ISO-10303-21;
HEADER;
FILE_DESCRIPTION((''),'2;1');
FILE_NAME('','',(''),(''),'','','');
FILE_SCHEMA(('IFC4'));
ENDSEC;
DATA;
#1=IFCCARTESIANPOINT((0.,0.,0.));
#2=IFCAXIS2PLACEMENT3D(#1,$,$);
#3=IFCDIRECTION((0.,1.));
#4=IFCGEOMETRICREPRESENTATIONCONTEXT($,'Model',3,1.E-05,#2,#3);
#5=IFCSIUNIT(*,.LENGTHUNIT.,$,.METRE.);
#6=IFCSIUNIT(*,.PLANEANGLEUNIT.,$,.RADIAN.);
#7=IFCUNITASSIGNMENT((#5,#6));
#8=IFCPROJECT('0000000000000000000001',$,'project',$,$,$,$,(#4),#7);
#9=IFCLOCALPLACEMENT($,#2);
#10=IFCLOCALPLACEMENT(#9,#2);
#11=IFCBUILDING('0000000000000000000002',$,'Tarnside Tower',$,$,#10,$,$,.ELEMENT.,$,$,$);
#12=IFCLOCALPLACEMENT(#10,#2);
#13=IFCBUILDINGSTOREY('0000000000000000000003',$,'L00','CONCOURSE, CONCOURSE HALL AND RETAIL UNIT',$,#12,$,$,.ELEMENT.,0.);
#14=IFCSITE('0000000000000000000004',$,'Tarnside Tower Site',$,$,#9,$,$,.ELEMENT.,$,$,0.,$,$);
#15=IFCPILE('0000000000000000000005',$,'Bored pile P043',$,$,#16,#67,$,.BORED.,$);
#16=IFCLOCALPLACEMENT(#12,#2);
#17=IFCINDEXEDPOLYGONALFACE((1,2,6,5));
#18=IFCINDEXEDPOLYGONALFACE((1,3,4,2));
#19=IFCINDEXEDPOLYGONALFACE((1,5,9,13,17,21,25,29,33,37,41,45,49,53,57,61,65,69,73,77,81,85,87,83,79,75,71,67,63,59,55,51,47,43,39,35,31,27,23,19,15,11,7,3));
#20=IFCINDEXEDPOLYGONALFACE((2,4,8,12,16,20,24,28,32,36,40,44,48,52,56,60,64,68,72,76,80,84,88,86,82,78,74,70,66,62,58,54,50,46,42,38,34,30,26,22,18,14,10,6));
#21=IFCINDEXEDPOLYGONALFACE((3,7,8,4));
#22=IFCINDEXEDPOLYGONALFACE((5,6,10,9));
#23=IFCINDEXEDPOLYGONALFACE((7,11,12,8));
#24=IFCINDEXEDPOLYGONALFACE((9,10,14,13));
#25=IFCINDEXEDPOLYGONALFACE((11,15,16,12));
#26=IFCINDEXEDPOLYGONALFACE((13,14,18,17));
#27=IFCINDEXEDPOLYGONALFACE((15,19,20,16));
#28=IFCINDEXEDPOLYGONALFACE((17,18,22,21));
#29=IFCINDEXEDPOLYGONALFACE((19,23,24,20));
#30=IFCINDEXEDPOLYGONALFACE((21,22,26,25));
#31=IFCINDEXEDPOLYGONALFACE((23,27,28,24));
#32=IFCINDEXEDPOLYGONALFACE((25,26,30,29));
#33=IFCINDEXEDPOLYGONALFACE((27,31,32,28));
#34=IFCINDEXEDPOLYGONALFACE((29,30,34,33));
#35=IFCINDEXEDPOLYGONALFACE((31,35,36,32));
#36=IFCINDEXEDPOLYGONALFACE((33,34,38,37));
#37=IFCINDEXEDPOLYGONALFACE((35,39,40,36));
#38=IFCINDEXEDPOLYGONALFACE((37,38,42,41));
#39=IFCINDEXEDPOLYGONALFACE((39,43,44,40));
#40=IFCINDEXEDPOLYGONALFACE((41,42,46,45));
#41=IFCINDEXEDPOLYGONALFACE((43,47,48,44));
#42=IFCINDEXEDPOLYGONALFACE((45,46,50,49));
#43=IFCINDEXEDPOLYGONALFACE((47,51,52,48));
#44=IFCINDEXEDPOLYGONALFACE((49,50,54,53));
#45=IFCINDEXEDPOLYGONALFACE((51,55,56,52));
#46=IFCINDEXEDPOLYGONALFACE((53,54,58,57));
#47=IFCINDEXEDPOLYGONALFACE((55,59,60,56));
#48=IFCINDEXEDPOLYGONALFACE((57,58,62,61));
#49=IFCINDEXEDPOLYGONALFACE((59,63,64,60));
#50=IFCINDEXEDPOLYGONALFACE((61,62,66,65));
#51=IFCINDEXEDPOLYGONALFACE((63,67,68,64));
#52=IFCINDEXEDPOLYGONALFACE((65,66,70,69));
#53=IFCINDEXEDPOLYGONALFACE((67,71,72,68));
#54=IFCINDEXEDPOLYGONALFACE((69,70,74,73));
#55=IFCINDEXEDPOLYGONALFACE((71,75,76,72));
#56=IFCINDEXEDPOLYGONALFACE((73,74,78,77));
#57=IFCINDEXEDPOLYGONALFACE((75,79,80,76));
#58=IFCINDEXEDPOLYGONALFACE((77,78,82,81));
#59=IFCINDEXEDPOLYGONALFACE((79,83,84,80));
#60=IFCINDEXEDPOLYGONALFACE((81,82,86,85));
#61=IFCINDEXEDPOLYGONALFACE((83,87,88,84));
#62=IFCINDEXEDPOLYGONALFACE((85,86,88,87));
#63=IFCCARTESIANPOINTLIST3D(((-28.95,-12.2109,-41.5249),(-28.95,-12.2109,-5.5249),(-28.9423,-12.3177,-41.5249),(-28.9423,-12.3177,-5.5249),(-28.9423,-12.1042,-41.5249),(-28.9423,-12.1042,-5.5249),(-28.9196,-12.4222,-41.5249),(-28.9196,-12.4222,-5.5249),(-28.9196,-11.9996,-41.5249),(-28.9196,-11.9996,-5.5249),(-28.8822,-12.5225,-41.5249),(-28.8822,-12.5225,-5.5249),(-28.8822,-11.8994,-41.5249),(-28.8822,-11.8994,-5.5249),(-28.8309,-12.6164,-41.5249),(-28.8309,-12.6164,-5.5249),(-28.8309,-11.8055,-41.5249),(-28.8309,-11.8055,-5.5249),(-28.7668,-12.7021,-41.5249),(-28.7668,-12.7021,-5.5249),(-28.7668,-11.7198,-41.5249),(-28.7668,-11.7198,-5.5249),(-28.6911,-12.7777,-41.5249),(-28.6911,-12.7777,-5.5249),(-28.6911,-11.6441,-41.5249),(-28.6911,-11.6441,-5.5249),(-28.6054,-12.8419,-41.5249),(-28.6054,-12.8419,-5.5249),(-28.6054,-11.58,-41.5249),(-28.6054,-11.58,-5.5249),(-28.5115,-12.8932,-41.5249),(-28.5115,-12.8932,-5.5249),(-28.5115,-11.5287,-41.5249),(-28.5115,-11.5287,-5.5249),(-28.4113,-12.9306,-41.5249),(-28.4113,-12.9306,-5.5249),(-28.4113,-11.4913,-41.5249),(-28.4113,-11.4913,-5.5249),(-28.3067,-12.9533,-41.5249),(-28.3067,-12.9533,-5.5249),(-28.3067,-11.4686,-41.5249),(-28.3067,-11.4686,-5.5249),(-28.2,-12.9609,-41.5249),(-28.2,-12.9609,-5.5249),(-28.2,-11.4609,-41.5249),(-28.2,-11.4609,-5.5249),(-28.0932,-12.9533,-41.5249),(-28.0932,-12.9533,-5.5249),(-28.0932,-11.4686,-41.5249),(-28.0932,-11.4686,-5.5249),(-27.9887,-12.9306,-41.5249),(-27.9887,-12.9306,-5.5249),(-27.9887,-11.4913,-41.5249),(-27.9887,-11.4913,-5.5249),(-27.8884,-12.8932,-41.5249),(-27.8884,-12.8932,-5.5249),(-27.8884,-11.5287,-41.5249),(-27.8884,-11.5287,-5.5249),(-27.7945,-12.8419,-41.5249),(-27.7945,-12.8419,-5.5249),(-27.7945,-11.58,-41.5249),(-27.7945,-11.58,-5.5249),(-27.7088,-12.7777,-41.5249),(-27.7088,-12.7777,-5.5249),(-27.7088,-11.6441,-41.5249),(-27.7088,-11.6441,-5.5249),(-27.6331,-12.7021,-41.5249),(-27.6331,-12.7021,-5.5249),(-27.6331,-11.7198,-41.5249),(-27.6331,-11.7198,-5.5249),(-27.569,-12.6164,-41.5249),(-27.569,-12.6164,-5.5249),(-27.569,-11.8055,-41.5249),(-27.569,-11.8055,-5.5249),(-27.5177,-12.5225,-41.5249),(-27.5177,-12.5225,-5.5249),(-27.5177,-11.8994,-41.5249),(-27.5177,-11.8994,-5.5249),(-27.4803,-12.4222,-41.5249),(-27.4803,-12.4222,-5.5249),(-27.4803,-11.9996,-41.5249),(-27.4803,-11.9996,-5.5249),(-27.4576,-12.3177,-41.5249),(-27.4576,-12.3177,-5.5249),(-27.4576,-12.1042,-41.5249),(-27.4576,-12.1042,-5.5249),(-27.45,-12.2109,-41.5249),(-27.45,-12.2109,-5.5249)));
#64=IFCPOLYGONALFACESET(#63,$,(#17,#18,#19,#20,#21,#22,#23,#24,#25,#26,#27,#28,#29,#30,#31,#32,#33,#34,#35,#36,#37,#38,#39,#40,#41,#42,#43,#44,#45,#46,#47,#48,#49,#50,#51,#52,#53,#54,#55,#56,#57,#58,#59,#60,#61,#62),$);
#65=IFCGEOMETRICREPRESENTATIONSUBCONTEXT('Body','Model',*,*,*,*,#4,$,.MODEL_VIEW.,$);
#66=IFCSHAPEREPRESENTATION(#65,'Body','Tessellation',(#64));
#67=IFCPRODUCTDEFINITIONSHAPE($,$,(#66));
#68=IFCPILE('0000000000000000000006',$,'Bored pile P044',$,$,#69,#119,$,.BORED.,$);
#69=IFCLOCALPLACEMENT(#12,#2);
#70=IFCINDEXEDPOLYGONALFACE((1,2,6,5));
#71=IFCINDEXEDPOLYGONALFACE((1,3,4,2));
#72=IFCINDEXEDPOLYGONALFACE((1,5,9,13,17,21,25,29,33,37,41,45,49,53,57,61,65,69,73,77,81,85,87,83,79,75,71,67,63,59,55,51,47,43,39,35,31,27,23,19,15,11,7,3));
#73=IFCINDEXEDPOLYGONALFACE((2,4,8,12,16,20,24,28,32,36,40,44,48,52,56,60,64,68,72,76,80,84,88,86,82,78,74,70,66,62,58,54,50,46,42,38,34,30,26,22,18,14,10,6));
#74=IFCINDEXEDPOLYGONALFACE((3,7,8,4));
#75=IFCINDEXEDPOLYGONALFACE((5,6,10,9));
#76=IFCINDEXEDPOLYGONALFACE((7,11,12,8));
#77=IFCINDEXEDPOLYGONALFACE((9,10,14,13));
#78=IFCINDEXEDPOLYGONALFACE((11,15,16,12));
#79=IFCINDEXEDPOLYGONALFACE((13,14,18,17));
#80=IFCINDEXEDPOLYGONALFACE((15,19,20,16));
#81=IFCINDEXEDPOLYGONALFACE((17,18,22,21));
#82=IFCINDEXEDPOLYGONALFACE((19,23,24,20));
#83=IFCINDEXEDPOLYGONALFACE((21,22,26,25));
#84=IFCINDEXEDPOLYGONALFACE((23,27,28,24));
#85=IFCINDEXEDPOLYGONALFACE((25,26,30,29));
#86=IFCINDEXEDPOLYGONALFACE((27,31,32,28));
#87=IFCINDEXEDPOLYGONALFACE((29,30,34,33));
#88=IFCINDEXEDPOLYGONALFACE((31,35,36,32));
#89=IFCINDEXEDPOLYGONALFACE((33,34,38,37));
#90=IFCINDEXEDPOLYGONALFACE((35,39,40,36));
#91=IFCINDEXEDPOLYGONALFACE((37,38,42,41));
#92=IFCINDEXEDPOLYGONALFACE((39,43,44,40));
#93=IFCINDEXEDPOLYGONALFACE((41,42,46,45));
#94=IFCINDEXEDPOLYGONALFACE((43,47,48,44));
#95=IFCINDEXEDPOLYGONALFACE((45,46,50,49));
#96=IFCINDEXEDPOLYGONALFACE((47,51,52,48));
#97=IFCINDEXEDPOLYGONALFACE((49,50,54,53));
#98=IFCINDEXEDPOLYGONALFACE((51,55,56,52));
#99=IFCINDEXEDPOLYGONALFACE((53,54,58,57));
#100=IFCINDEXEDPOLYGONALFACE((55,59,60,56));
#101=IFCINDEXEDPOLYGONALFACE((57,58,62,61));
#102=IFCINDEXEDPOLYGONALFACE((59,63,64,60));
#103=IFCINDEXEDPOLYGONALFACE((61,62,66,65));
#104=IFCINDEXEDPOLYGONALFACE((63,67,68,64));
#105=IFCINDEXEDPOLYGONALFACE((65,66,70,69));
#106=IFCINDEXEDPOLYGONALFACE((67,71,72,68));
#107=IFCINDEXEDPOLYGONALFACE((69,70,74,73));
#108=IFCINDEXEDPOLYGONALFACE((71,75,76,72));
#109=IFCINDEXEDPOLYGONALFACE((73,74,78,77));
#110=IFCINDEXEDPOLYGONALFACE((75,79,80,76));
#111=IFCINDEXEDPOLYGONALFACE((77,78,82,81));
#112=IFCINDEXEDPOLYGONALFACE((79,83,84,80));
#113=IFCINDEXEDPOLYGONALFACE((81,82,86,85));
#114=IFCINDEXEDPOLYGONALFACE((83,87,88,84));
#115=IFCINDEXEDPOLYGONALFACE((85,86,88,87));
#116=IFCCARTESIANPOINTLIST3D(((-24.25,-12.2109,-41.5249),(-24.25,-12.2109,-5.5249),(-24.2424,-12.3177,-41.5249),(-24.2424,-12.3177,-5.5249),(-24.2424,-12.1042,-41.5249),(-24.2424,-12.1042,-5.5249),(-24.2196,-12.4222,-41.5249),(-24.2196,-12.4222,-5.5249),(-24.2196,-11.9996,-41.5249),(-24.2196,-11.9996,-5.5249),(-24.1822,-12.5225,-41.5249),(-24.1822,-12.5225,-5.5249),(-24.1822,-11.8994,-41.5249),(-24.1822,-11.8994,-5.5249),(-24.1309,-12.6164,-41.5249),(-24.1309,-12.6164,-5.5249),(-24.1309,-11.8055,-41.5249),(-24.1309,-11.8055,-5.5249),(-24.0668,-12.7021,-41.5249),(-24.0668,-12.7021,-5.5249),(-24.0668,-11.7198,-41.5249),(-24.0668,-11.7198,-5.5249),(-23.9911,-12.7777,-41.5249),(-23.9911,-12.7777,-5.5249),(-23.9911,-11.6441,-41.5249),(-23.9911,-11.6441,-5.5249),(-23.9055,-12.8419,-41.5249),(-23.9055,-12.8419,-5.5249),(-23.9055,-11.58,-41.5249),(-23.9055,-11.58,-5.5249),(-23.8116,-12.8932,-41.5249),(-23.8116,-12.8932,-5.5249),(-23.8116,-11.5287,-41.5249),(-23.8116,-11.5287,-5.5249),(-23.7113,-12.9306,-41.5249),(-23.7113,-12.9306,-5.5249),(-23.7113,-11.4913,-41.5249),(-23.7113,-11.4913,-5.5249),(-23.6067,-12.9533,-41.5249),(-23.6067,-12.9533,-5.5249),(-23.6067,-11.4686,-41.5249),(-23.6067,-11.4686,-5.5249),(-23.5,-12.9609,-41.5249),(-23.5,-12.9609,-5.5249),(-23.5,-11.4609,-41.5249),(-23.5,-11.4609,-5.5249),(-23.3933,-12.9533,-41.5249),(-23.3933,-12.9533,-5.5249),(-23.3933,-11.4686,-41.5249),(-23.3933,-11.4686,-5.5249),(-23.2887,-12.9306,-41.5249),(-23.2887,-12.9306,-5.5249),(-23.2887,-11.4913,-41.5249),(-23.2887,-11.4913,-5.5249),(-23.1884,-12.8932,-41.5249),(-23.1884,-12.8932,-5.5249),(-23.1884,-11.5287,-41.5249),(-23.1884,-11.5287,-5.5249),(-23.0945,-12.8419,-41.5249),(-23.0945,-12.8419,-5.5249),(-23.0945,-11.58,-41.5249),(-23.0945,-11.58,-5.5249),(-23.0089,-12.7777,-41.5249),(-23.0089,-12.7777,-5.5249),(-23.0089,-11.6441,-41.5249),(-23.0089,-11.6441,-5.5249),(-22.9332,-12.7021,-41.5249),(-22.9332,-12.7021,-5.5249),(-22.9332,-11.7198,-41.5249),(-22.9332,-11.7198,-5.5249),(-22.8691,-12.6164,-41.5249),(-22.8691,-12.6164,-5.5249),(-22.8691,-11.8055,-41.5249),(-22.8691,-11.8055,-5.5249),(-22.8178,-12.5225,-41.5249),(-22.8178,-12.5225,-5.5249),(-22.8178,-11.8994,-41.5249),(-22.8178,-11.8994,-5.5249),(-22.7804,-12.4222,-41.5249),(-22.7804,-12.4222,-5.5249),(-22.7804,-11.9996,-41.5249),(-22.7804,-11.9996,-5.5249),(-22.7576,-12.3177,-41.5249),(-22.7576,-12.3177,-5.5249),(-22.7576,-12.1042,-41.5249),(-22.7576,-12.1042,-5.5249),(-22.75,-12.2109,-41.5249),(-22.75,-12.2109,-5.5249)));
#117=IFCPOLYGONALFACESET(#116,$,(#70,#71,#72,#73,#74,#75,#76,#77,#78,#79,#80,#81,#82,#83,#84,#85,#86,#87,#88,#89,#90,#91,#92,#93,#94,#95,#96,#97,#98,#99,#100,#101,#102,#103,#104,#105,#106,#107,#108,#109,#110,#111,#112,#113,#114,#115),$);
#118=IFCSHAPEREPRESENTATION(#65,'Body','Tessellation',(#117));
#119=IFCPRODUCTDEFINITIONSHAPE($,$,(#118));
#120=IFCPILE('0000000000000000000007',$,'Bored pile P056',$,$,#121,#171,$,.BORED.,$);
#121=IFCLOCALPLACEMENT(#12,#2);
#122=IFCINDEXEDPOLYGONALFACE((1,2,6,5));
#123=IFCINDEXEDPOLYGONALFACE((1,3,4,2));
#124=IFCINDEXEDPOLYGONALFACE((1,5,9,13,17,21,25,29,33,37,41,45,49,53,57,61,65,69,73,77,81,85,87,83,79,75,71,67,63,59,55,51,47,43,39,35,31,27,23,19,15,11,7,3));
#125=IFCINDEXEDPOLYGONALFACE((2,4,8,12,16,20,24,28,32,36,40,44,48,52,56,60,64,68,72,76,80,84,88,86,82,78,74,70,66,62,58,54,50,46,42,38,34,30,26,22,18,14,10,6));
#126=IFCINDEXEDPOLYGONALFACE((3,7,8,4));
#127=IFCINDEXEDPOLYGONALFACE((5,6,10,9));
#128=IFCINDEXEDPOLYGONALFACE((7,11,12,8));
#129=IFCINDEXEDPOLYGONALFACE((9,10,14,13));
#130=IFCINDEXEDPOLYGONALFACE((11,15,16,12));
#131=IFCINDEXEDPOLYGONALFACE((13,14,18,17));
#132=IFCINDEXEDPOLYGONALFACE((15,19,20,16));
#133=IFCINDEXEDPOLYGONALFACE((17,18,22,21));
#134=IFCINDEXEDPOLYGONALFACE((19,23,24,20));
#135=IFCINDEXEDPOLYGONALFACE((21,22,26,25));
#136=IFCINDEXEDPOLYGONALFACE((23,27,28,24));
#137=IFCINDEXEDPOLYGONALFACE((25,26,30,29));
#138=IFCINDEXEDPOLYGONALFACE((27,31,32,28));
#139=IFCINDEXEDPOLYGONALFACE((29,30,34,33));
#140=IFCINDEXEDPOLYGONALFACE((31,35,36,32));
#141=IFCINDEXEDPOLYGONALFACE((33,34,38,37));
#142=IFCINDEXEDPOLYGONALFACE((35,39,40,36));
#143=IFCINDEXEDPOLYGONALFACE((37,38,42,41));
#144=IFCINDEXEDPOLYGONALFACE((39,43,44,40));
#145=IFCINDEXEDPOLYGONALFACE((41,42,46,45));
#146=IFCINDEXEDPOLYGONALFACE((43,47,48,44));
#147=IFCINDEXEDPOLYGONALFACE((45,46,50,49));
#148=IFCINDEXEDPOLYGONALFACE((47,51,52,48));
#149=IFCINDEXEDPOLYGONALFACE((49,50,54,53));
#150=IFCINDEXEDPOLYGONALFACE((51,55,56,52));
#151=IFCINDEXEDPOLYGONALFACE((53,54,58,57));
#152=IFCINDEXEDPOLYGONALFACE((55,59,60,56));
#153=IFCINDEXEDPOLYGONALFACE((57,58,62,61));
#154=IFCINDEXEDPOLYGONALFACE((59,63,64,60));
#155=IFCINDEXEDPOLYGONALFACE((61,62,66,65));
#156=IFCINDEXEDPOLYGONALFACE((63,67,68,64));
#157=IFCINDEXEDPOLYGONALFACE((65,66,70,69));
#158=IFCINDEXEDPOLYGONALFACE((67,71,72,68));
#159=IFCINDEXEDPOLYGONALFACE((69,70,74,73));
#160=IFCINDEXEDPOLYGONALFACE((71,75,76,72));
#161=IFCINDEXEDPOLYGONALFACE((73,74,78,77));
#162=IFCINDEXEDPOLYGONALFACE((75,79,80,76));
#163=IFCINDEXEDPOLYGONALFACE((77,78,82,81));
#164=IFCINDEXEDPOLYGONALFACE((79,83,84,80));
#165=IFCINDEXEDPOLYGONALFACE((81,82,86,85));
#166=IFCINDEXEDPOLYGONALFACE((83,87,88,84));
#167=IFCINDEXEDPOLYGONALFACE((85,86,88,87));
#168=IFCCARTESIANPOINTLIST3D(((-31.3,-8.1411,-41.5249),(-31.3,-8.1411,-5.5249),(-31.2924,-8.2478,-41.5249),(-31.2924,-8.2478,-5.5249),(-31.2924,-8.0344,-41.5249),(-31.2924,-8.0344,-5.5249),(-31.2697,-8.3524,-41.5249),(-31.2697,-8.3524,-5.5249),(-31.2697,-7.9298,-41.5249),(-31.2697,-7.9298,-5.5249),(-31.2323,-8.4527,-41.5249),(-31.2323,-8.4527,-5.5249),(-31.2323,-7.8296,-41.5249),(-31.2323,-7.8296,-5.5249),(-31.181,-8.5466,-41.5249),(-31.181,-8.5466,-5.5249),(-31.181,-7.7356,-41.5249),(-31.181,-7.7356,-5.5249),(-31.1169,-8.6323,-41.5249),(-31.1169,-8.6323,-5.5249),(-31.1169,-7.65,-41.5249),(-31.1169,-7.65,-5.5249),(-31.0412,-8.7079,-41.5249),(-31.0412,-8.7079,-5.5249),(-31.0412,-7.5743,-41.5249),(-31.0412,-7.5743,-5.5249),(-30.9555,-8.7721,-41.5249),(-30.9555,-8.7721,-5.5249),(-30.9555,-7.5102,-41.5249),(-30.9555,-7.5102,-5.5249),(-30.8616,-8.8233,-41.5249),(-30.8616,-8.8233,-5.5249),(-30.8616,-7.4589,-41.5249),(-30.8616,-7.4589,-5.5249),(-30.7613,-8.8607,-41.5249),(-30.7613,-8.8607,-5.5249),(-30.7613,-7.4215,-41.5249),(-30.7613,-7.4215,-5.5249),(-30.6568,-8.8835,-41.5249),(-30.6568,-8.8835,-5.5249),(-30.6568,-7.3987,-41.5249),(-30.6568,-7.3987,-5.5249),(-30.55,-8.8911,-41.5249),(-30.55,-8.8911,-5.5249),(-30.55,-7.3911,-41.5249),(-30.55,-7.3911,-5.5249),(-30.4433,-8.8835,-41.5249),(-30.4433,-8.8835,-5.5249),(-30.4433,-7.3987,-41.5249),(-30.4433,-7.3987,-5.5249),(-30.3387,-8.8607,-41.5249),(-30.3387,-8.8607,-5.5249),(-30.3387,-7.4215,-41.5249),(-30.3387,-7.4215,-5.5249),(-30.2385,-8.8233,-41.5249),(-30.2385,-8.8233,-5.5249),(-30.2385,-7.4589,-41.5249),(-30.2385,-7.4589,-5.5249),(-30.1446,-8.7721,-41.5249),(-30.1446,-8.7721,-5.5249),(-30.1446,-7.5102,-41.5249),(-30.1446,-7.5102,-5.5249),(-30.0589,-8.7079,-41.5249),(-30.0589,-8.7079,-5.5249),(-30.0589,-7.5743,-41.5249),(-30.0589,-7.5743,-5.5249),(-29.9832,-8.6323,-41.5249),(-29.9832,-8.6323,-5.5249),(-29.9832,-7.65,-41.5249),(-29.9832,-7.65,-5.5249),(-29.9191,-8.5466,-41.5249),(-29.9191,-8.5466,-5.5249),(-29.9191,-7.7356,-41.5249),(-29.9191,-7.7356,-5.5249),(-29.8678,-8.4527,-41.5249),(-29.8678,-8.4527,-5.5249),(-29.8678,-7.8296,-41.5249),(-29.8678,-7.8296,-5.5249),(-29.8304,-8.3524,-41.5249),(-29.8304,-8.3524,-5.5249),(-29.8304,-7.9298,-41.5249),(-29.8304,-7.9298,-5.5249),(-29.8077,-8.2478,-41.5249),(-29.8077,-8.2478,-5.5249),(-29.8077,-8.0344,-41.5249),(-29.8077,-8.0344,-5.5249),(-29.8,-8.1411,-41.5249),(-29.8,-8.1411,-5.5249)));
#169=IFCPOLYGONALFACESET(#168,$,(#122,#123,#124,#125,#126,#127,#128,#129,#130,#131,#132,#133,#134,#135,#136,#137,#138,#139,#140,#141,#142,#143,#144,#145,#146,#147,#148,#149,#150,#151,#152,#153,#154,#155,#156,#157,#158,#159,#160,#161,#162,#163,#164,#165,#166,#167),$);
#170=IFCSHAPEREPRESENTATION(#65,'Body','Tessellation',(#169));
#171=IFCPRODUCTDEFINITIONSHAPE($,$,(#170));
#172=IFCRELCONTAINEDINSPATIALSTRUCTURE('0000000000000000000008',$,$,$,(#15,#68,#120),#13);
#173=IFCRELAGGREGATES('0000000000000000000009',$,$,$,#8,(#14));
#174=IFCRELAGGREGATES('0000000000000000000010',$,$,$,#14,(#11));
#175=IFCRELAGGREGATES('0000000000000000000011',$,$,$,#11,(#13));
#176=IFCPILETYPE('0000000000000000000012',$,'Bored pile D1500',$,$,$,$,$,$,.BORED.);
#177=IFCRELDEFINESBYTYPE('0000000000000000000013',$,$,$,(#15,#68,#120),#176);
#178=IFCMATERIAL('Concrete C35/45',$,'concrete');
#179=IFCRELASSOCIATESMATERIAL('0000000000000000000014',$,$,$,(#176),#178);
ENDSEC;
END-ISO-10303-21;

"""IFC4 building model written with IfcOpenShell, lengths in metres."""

from ifc_helpers import new_model, si_unit, direction, frame, origin, origin_2d, place, context, subcontext, project, spatial, circle, extrude, material, material_profile, profile_set, type_object, element, save


model = new_model("IFC4")

# Units and contexts
model_context = context("Model", 3, precision=1e-05, world=origin(), true_north=direction((0.0, 1.0)))
body_context = subcontext(model_context, "Body", "Model", "MODEL_VIEW")
ifc_project = project(units=[si_unit("LENGTHUNIT", "METRE"), si_unit("PLANEANGLEUNIT", "RADIAN")], contexts=[model_context])

# Site, building, storey
site_placement = place(None, origin())
site = spatial("IfcSite", under=ifc_project, at=site_placement, Name="Tarnside Tower Site", CompositionType="ELEMENT", RefElevation=0.0)
building_placement = place(site_placement, origin())
building = spatial("IfcBuilding", under=site, at=building_placement, Name="Tarnside Tower", CompositionType="ELEMENT")
storey_placement = place(building_placement, origin())
storey = spatial("IfcBuildingStorey", under=building, at=storey_placement, Name="L00", Description="CONCOURSE, CONCOURSE HALL AND RETAIL UNIT", CompositionType="ELEMENT", Elevation=0.0)

# Piles
ifc_material_1 = material(Name="Concrete C35/45", Category="concrete")
ifc_material_profile_1 = material_profile(ifc_material_1, circle(Radius=0.75, at=origin_2d()), Name="Bored pile D1500")
ifc_profile_set_1 = profile_set([ifc_material_profile_1], Name="Concrete C35/45")
pile_type = type_object("IfcPileType", Name="Bored pile D1500", PredefinedType="BORED", material=ifc_profile_set_1)
for number, where, z_axis, x_axis, name in (
    (1, (-28.2, -12.2109, -5.5249), (0.0, 0.0, -1.0), (1.0, 0.0, 0.0), "Bored pile P043"),
    (2, (-23.5, -12.2109, -5.5249), (0.0, 0.0, -1.0), (1.0, 0.0, 0.0), "Bored pile P044"),
    (3, (-30.55, -8.1411, -5.5249), (0.0, 0.0, -1.0), (1.0, 0.0, 0.0), "Bored pile P056"),
):
    element("IfcPile", number, at=place(storey_placement, frame(where, z_axis=z_axis, x_axis=x_axis)), inside=storey, type_object=pile_type, Name=name, PredefinedType="BORED", context=body_context, shape_type="SweptSolid", body=[
        extrude(circle(Radius=0.75, at=origin_2d()), origin(), (0.0, 0.0, 1.0), 36.0),
    ])

save(model, "model.ifc")
